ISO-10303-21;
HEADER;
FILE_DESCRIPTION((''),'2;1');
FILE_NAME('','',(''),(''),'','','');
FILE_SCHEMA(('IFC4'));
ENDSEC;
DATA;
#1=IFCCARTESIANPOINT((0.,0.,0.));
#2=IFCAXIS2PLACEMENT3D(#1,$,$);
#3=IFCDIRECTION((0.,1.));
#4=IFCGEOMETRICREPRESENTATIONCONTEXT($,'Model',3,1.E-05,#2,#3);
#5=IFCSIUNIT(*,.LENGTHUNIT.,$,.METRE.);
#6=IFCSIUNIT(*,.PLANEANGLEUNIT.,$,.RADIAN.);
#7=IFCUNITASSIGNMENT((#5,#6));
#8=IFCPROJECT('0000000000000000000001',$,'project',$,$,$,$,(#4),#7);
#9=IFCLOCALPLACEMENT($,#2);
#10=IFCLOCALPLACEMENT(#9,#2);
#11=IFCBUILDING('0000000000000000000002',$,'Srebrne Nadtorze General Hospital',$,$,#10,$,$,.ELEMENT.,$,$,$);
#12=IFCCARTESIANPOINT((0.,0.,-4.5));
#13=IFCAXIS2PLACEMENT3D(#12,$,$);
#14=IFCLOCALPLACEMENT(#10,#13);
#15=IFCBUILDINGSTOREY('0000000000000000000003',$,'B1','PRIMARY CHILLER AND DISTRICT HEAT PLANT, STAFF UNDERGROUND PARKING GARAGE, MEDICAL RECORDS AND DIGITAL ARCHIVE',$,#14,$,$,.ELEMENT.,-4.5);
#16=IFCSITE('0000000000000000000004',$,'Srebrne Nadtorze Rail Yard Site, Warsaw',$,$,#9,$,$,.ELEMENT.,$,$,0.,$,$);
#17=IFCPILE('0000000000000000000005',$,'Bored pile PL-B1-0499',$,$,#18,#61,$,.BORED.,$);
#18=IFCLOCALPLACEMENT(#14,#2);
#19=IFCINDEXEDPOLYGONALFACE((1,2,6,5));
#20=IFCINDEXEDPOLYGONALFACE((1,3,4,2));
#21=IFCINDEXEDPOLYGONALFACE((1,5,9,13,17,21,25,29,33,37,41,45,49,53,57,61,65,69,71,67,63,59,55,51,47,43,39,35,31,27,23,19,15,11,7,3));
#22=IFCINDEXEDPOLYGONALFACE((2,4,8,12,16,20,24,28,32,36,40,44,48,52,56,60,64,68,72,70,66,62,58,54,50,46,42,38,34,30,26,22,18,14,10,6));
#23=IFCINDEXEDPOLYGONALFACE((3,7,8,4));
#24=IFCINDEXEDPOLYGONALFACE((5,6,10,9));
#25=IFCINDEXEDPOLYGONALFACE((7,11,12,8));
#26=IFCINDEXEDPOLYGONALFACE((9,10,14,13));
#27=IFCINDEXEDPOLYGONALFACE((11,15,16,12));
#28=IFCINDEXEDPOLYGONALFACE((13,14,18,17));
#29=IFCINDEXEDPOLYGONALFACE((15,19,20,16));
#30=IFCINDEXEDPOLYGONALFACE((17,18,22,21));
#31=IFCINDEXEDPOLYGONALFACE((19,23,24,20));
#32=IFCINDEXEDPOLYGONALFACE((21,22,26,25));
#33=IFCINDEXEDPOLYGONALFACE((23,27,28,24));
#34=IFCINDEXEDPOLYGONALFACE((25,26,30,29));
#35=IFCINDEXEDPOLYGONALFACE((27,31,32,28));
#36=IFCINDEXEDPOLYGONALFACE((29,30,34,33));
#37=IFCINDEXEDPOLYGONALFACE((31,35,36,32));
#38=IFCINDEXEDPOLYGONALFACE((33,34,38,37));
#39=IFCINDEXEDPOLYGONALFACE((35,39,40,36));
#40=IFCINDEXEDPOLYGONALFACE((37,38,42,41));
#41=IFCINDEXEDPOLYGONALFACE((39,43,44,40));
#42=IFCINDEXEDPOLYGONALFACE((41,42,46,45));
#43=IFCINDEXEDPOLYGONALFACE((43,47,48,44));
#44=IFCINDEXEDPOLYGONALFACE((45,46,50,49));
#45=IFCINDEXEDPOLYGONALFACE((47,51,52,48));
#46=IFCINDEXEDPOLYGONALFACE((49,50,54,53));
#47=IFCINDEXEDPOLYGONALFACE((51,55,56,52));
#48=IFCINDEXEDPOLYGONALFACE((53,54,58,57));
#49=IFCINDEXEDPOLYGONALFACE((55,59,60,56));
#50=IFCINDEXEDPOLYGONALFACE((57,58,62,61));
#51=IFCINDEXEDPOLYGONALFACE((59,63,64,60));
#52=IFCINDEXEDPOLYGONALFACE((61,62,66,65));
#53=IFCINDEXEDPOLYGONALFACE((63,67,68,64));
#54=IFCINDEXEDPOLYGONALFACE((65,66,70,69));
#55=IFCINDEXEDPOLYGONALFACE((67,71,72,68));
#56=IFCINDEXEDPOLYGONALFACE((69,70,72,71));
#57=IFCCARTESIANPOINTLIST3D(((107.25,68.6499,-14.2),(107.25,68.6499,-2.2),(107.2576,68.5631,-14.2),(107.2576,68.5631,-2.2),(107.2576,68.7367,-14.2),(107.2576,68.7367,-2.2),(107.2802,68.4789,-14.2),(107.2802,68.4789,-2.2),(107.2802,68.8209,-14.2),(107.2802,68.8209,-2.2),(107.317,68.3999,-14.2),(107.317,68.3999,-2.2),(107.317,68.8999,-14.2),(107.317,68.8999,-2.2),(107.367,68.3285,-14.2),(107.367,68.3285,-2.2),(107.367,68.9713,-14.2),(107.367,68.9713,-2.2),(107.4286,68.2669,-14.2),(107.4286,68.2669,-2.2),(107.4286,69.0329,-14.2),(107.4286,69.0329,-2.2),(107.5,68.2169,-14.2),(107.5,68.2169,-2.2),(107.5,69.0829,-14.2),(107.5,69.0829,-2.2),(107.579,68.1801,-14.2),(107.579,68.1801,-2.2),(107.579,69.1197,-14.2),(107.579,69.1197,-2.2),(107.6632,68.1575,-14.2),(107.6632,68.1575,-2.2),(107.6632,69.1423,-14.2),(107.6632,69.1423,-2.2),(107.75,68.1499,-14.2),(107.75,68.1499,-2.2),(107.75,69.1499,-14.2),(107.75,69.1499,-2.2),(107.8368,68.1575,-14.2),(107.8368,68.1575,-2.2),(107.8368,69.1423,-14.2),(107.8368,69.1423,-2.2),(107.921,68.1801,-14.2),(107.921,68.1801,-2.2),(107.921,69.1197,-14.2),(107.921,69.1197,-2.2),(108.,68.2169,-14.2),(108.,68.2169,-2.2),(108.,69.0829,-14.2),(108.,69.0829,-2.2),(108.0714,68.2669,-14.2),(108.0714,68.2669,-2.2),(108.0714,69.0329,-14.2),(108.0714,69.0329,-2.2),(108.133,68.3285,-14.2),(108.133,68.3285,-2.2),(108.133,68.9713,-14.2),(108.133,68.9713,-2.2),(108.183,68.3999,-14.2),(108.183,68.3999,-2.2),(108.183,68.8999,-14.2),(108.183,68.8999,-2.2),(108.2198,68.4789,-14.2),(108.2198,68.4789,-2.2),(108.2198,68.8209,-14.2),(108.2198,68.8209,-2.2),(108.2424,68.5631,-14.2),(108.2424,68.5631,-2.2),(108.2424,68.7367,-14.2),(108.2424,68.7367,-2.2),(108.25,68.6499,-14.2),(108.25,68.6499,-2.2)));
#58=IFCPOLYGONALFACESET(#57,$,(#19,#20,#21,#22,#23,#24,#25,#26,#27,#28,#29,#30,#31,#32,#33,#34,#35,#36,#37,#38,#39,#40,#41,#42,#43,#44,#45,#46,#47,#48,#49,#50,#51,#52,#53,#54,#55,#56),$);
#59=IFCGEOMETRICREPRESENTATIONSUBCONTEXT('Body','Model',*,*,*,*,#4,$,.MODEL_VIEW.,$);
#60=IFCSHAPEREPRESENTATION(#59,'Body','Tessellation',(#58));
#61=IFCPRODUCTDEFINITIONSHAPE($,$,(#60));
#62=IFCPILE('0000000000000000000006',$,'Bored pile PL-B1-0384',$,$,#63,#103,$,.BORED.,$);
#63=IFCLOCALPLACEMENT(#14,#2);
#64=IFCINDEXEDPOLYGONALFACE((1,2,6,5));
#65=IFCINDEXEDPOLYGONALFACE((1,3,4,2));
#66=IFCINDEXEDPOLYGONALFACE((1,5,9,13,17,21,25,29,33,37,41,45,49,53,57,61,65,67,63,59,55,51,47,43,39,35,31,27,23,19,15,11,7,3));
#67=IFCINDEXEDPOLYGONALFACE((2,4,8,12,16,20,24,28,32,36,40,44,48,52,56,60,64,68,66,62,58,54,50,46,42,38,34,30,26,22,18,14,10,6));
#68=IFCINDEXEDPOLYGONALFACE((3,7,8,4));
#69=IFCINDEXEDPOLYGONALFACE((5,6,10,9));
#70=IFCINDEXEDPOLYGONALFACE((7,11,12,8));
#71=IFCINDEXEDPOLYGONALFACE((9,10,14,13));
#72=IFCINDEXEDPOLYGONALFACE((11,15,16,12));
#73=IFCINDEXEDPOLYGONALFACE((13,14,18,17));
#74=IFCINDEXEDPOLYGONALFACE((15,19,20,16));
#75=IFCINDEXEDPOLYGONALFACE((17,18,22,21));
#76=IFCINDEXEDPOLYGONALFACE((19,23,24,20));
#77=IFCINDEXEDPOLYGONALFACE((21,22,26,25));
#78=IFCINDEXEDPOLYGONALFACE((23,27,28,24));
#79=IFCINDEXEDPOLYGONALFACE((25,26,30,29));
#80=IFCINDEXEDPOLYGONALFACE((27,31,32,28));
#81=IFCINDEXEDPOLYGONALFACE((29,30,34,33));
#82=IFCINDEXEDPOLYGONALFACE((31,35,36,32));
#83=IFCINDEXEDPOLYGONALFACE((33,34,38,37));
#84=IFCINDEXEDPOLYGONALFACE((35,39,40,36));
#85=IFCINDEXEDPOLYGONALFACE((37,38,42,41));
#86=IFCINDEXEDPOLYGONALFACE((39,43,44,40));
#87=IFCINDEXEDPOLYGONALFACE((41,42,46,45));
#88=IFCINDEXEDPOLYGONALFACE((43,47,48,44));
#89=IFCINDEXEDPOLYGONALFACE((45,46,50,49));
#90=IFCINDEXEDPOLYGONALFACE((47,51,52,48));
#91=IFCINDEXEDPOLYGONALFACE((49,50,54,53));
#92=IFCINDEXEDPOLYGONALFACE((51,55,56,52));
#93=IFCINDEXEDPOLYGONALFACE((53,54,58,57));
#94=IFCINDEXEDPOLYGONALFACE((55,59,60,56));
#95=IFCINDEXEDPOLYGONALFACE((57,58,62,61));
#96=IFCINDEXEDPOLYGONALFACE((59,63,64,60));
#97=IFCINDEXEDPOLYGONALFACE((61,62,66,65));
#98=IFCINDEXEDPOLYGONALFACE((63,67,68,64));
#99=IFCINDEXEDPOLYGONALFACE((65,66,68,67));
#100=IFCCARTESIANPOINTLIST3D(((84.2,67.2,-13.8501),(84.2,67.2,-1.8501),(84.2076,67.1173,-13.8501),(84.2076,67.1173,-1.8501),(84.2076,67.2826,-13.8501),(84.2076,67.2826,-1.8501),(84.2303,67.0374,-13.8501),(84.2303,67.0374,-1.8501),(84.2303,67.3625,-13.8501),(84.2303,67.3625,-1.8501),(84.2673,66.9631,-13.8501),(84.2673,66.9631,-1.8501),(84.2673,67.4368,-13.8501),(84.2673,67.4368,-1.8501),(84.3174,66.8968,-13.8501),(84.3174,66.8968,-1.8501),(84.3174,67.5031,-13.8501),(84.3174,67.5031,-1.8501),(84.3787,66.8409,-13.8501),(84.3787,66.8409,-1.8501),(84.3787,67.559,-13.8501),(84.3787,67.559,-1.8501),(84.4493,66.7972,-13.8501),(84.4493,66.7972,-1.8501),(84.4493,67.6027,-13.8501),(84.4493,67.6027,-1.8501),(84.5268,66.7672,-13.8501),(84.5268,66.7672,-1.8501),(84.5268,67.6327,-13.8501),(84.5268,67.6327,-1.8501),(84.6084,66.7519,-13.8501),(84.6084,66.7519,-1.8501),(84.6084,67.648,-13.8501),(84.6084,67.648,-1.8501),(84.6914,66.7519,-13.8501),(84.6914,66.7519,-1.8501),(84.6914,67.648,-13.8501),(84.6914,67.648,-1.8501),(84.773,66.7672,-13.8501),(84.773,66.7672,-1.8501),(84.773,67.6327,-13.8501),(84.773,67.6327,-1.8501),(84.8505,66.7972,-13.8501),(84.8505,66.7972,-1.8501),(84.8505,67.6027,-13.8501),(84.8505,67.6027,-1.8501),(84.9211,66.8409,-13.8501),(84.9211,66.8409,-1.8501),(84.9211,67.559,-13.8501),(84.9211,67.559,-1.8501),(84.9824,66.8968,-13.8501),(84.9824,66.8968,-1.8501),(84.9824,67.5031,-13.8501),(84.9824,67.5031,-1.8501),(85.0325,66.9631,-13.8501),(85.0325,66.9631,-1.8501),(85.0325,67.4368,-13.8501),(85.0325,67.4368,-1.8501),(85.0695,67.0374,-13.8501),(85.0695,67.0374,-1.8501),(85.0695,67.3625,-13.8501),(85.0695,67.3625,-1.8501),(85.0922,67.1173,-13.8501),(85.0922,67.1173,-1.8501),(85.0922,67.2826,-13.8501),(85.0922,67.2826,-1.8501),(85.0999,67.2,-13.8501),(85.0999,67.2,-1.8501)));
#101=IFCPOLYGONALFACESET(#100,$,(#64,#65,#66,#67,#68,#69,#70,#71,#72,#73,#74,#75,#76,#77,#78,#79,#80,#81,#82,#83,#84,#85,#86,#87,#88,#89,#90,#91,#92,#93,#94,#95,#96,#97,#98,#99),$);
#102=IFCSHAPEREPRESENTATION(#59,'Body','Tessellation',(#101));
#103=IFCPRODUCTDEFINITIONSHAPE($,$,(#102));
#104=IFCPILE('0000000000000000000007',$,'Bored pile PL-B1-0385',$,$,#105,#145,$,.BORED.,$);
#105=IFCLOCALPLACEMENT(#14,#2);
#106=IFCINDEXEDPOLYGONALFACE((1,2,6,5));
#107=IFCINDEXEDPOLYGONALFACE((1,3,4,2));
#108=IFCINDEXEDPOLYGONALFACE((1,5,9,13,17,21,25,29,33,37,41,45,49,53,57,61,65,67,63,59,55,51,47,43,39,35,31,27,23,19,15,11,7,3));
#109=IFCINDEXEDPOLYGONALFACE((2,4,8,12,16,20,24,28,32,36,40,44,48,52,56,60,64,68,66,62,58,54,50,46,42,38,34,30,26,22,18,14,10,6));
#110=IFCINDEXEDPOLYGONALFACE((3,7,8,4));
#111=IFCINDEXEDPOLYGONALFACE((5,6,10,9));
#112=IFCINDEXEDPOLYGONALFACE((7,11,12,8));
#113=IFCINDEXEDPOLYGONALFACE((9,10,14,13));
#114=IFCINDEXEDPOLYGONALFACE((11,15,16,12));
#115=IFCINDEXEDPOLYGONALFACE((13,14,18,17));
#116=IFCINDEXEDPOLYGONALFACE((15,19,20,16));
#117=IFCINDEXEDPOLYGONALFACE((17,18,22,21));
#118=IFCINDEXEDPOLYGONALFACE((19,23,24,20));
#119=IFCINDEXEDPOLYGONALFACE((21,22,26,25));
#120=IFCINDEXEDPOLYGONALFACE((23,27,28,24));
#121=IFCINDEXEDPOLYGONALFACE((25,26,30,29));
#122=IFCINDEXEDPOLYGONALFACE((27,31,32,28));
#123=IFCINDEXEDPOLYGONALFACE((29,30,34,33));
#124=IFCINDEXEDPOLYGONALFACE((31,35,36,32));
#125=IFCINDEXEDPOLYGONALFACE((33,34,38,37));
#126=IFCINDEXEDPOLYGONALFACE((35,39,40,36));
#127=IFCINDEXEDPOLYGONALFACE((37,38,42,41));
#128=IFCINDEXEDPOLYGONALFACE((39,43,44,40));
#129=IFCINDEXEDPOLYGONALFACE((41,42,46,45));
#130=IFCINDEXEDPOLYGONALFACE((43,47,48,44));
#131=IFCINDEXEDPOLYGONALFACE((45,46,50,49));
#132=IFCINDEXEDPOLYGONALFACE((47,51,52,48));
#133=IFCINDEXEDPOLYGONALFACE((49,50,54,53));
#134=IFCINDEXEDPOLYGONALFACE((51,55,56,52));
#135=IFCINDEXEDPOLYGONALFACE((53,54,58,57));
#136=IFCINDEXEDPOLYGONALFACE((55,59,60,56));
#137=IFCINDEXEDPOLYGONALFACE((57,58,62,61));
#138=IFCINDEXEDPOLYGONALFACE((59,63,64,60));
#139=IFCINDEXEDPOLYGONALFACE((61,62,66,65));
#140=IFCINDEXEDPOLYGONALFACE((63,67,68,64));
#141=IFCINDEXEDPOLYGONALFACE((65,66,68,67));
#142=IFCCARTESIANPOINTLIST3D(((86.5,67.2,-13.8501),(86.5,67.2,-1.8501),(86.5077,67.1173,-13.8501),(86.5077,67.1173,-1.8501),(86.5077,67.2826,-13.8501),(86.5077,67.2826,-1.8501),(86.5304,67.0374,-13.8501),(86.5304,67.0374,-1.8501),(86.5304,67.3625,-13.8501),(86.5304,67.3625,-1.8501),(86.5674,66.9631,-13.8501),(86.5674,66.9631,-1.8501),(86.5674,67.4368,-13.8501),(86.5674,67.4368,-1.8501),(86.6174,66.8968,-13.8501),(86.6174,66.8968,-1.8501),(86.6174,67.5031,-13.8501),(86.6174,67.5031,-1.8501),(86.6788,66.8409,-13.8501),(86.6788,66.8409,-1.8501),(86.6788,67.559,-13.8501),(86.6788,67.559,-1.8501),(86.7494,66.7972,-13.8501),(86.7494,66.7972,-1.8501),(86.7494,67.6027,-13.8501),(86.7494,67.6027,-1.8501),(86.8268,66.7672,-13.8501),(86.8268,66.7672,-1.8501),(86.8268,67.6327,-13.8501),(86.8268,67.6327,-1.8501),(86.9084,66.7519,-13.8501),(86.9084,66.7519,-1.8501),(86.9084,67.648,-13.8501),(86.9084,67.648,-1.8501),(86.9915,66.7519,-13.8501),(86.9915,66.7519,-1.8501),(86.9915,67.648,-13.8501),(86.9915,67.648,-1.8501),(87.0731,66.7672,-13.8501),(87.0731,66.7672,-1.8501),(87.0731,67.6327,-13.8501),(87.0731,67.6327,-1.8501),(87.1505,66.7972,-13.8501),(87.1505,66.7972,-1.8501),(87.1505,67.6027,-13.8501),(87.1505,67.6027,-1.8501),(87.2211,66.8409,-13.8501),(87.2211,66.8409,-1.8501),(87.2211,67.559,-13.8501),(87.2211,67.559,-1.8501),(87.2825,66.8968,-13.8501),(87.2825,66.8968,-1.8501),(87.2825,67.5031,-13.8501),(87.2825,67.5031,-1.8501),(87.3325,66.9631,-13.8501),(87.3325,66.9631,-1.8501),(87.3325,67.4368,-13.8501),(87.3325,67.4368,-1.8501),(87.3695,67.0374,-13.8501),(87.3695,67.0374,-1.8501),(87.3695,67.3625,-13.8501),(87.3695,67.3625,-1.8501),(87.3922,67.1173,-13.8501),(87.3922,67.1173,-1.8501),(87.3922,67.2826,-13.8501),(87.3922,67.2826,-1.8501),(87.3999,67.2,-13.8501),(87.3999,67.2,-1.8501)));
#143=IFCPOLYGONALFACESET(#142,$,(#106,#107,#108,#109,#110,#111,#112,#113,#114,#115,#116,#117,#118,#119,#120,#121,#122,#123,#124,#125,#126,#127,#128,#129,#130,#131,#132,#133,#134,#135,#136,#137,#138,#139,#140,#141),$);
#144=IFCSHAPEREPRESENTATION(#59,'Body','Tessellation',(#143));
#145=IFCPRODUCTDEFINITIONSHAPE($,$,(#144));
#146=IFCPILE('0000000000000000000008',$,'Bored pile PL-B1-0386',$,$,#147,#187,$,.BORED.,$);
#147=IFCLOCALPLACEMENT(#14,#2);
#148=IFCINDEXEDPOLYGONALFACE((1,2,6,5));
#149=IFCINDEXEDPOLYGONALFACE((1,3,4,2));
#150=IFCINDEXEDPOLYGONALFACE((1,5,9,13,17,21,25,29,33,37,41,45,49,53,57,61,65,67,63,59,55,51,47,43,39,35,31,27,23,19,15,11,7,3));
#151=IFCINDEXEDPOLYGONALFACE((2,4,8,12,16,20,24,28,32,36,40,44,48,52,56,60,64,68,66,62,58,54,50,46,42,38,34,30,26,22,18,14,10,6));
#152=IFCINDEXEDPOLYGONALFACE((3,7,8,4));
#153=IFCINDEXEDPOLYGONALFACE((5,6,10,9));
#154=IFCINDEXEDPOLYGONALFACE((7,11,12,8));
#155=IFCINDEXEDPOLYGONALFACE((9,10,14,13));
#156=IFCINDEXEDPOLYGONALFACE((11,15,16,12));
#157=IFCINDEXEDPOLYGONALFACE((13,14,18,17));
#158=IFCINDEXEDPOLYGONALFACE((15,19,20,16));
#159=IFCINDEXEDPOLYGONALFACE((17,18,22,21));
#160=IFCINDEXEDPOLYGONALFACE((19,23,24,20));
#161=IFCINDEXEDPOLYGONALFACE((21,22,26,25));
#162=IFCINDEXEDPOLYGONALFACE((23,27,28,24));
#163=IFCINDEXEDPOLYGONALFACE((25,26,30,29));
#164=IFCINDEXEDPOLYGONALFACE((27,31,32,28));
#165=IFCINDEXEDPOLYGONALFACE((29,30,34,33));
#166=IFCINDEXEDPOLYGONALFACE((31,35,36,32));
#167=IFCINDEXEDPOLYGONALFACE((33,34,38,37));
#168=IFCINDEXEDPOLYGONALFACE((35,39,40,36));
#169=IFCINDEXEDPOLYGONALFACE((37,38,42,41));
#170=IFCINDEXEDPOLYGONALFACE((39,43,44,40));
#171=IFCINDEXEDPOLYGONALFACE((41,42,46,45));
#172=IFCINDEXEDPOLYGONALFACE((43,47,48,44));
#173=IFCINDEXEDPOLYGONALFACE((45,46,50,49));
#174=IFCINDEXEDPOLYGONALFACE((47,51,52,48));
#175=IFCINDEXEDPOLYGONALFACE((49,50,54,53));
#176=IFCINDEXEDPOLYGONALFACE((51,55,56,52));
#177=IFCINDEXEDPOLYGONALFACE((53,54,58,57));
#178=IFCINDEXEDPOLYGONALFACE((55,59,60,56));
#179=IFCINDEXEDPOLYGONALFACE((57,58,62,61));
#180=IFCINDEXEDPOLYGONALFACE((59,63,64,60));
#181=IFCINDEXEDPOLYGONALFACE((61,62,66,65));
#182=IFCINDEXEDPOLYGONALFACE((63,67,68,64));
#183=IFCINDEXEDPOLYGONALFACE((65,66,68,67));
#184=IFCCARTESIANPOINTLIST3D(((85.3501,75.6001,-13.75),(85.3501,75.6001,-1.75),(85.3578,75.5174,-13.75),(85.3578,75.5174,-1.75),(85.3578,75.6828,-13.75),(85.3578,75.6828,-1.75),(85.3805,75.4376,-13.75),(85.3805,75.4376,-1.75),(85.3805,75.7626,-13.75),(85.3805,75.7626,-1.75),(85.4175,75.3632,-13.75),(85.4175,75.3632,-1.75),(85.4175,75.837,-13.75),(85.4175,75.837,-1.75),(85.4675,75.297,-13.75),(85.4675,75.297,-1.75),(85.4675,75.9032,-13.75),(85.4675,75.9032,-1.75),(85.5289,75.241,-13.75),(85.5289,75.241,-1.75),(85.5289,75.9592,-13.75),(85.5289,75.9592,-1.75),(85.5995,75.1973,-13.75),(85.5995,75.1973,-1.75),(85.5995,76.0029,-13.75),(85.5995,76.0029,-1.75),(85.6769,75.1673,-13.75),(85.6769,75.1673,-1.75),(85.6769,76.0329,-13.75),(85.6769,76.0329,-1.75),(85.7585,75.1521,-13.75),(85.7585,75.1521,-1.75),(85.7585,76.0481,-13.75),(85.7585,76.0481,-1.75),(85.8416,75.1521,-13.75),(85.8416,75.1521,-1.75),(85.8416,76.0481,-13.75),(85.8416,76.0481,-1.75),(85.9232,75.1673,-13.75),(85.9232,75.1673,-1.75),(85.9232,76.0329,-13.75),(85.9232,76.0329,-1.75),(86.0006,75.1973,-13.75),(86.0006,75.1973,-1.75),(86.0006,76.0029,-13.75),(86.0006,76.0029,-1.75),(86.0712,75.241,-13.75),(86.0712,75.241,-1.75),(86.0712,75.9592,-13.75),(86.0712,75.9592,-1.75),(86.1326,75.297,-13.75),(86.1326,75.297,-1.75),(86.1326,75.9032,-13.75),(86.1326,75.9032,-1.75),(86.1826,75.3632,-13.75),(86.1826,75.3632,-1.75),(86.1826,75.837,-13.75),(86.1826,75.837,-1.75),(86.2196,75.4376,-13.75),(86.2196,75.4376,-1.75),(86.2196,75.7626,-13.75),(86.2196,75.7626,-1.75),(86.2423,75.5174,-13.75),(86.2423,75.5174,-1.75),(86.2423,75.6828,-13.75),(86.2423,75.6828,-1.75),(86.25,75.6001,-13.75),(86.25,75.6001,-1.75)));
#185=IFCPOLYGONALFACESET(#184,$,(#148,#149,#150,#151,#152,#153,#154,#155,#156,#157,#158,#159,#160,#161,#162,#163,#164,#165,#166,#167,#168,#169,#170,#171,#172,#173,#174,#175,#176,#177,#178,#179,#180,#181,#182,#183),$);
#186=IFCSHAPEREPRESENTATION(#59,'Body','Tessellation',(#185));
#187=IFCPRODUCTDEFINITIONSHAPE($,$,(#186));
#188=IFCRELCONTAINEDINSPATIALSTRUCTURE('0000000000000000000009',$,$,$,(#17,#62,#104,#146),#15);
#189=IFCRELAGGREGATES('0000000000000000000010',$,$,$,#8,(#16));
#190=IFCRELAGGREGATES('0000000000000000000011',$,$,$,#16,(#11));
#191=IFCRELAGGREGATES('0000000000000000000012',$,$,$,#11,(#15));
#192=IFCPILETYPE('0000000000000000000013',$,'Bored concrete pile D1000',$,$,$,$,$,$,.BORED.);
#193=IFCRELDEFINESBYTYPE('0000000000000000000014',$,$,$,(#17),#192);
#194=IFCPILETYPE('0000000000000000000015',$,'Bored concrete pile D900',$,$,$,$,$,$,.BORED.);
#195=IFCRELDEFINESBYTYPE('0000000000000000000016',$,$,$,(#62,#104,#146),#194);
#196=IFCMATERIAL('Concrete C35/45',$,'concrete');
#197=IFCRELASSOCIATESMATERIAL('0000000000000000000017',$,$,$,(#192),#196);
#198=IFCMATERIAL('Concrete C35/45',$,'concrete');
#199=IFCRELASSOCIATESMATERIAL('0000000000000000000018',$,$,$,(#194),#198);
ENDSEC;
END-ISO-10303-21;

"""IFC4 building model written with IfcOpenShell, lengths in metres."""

from ifc_helpers import new_model, si_unit, direction, frame, origin, origin_2d, place, context, subcontext, project, spatial, circle, extrude, material, material_profile, profile_set, type_object, element, save


model = new_model("IFC4")

# Units and contexts
model_context = context("Model", 3, precision=1e-05, world=origin(), true_north=direction((0.0, 1.0)))
body_context = subcontext(model_context, "Body", "Model", "MODEL_VIEW")
ifc_project = project(units=[si_unit("LENGTHUNIT", "METRE"), si_unit("PLANEANGLEUNIT", "RADIAN")], contexts=[model_context])

# Site, building, storey
site_placement = place(None, origin())
site = spatial("IfcSite", under=ifc_project, at=site_placement, Name="Srebrne Nadtorze Rail Yard Site, Warsaw", CompositionType="ELEMENT", RefElevation=0.0)
building_placement = place(site_placement, origin())
building = spatial("IfcBuilding", under=site, at=building_placement, Name="Srebrne Nadtorze General Hospital", CompositionType="ELEMENT")
storey_placement = place(building_placement, frame((0.0, 0.0, -4.5)))
storey = spatial("IfcBuildingStorey", under=building, at=storey_placement, Name="B1", Description="PRIMARY CHILLER AND DISTRICT HEAT PLANT, STAFF UNDERGROUND PARKING GARAGE, MEDICAL RECORDS AND DIGITAL ARCHIVE", CompositionType="ELEMENT", Elevation=-4.5)

# Piles
ifc_material_1 = material(Name="Concrete C35/45", Category="concrete")
ifc_material_profile_1 = material_profile(ifc_material_1, circle(Radius=0.5, at=origin_2d()), Name="PILE-D1000")
ifc_profile_set_1 = profile_set([ifc_material_profile_1], Name="Concrete C35/45")
pile_type_1 = type_object("IfcPileType", Name="Bored concrete pile D1000", PredefinedType="BORED", material=ifc_profile_set_1)
pile_placement = place(storey_placement, frame((107.75, 68.6499, -2.2), z_axis=(0.0, 0.0, -1.0), x_axis=(1.0, 0.0, 0.0)))
element("IfcPile", 1, at=pile_placement, inside=storey, type_object=pile_type_1, Name="Bored pile PL-B1-0499", PredefinedType="BORED", context=body_context, shape_type="SweptSolid", body=[
    extrude(circle(Radius=0.5, at=origin_2d()), origin(), (0.0, 0.0, 1.0), 12.0),
])
ifc_material_2 = material(Name="Concrete C35/45", Category="concrete")
ifc_material_profile_2 = material_profile(ifc_material_2, circle(Radius=0.45, at=origin_2d()), Name="PILE-D900")
ifc_profile_set_2 = profile_set([ifc_material_profile_2], Name="Concrete C35/45")
pile_type_2 = type_object("IfcPileType", Name="Bored concrete pile D900", PredefinedType="BORED", material=ifc_profile_set_2)
for number, where, z_axis, x_axis, name in (
    (2, (84.6499, 67.2, -1.8501), (0.0, 0.0, -1.0), (1.0, 0.0, 0.0), "Bored pile PL-B1-0384"),
    (3, (86.95, 67.2, -1.8501), (0.0, 0.0, -1.0), (1.0, 0.0, 0.0), "Bored pile PL-B1-0385"),
    (4, (85.8, 75.6001, -1.75), (0.0, 0.0, -1.0), (1.0, 0.0, 0.0), "Bored pile PL-B1-0386"),
):
    element("IfcPile", number, at=place(storey_placement, frame(where, z_axis=z_axis, x_axis=x_axis)), inside=storey, type_object=pile_type_2, Name=name, PredefinedType="BORED", context=body_context, shape_type="SweptSolid", body=[
        extrude(circle(Radius=0.45, at=origin_2d()), origin(), (0.0, 0.0, 1.0), 12.0),
    ])

save(model, "model.ifc")
